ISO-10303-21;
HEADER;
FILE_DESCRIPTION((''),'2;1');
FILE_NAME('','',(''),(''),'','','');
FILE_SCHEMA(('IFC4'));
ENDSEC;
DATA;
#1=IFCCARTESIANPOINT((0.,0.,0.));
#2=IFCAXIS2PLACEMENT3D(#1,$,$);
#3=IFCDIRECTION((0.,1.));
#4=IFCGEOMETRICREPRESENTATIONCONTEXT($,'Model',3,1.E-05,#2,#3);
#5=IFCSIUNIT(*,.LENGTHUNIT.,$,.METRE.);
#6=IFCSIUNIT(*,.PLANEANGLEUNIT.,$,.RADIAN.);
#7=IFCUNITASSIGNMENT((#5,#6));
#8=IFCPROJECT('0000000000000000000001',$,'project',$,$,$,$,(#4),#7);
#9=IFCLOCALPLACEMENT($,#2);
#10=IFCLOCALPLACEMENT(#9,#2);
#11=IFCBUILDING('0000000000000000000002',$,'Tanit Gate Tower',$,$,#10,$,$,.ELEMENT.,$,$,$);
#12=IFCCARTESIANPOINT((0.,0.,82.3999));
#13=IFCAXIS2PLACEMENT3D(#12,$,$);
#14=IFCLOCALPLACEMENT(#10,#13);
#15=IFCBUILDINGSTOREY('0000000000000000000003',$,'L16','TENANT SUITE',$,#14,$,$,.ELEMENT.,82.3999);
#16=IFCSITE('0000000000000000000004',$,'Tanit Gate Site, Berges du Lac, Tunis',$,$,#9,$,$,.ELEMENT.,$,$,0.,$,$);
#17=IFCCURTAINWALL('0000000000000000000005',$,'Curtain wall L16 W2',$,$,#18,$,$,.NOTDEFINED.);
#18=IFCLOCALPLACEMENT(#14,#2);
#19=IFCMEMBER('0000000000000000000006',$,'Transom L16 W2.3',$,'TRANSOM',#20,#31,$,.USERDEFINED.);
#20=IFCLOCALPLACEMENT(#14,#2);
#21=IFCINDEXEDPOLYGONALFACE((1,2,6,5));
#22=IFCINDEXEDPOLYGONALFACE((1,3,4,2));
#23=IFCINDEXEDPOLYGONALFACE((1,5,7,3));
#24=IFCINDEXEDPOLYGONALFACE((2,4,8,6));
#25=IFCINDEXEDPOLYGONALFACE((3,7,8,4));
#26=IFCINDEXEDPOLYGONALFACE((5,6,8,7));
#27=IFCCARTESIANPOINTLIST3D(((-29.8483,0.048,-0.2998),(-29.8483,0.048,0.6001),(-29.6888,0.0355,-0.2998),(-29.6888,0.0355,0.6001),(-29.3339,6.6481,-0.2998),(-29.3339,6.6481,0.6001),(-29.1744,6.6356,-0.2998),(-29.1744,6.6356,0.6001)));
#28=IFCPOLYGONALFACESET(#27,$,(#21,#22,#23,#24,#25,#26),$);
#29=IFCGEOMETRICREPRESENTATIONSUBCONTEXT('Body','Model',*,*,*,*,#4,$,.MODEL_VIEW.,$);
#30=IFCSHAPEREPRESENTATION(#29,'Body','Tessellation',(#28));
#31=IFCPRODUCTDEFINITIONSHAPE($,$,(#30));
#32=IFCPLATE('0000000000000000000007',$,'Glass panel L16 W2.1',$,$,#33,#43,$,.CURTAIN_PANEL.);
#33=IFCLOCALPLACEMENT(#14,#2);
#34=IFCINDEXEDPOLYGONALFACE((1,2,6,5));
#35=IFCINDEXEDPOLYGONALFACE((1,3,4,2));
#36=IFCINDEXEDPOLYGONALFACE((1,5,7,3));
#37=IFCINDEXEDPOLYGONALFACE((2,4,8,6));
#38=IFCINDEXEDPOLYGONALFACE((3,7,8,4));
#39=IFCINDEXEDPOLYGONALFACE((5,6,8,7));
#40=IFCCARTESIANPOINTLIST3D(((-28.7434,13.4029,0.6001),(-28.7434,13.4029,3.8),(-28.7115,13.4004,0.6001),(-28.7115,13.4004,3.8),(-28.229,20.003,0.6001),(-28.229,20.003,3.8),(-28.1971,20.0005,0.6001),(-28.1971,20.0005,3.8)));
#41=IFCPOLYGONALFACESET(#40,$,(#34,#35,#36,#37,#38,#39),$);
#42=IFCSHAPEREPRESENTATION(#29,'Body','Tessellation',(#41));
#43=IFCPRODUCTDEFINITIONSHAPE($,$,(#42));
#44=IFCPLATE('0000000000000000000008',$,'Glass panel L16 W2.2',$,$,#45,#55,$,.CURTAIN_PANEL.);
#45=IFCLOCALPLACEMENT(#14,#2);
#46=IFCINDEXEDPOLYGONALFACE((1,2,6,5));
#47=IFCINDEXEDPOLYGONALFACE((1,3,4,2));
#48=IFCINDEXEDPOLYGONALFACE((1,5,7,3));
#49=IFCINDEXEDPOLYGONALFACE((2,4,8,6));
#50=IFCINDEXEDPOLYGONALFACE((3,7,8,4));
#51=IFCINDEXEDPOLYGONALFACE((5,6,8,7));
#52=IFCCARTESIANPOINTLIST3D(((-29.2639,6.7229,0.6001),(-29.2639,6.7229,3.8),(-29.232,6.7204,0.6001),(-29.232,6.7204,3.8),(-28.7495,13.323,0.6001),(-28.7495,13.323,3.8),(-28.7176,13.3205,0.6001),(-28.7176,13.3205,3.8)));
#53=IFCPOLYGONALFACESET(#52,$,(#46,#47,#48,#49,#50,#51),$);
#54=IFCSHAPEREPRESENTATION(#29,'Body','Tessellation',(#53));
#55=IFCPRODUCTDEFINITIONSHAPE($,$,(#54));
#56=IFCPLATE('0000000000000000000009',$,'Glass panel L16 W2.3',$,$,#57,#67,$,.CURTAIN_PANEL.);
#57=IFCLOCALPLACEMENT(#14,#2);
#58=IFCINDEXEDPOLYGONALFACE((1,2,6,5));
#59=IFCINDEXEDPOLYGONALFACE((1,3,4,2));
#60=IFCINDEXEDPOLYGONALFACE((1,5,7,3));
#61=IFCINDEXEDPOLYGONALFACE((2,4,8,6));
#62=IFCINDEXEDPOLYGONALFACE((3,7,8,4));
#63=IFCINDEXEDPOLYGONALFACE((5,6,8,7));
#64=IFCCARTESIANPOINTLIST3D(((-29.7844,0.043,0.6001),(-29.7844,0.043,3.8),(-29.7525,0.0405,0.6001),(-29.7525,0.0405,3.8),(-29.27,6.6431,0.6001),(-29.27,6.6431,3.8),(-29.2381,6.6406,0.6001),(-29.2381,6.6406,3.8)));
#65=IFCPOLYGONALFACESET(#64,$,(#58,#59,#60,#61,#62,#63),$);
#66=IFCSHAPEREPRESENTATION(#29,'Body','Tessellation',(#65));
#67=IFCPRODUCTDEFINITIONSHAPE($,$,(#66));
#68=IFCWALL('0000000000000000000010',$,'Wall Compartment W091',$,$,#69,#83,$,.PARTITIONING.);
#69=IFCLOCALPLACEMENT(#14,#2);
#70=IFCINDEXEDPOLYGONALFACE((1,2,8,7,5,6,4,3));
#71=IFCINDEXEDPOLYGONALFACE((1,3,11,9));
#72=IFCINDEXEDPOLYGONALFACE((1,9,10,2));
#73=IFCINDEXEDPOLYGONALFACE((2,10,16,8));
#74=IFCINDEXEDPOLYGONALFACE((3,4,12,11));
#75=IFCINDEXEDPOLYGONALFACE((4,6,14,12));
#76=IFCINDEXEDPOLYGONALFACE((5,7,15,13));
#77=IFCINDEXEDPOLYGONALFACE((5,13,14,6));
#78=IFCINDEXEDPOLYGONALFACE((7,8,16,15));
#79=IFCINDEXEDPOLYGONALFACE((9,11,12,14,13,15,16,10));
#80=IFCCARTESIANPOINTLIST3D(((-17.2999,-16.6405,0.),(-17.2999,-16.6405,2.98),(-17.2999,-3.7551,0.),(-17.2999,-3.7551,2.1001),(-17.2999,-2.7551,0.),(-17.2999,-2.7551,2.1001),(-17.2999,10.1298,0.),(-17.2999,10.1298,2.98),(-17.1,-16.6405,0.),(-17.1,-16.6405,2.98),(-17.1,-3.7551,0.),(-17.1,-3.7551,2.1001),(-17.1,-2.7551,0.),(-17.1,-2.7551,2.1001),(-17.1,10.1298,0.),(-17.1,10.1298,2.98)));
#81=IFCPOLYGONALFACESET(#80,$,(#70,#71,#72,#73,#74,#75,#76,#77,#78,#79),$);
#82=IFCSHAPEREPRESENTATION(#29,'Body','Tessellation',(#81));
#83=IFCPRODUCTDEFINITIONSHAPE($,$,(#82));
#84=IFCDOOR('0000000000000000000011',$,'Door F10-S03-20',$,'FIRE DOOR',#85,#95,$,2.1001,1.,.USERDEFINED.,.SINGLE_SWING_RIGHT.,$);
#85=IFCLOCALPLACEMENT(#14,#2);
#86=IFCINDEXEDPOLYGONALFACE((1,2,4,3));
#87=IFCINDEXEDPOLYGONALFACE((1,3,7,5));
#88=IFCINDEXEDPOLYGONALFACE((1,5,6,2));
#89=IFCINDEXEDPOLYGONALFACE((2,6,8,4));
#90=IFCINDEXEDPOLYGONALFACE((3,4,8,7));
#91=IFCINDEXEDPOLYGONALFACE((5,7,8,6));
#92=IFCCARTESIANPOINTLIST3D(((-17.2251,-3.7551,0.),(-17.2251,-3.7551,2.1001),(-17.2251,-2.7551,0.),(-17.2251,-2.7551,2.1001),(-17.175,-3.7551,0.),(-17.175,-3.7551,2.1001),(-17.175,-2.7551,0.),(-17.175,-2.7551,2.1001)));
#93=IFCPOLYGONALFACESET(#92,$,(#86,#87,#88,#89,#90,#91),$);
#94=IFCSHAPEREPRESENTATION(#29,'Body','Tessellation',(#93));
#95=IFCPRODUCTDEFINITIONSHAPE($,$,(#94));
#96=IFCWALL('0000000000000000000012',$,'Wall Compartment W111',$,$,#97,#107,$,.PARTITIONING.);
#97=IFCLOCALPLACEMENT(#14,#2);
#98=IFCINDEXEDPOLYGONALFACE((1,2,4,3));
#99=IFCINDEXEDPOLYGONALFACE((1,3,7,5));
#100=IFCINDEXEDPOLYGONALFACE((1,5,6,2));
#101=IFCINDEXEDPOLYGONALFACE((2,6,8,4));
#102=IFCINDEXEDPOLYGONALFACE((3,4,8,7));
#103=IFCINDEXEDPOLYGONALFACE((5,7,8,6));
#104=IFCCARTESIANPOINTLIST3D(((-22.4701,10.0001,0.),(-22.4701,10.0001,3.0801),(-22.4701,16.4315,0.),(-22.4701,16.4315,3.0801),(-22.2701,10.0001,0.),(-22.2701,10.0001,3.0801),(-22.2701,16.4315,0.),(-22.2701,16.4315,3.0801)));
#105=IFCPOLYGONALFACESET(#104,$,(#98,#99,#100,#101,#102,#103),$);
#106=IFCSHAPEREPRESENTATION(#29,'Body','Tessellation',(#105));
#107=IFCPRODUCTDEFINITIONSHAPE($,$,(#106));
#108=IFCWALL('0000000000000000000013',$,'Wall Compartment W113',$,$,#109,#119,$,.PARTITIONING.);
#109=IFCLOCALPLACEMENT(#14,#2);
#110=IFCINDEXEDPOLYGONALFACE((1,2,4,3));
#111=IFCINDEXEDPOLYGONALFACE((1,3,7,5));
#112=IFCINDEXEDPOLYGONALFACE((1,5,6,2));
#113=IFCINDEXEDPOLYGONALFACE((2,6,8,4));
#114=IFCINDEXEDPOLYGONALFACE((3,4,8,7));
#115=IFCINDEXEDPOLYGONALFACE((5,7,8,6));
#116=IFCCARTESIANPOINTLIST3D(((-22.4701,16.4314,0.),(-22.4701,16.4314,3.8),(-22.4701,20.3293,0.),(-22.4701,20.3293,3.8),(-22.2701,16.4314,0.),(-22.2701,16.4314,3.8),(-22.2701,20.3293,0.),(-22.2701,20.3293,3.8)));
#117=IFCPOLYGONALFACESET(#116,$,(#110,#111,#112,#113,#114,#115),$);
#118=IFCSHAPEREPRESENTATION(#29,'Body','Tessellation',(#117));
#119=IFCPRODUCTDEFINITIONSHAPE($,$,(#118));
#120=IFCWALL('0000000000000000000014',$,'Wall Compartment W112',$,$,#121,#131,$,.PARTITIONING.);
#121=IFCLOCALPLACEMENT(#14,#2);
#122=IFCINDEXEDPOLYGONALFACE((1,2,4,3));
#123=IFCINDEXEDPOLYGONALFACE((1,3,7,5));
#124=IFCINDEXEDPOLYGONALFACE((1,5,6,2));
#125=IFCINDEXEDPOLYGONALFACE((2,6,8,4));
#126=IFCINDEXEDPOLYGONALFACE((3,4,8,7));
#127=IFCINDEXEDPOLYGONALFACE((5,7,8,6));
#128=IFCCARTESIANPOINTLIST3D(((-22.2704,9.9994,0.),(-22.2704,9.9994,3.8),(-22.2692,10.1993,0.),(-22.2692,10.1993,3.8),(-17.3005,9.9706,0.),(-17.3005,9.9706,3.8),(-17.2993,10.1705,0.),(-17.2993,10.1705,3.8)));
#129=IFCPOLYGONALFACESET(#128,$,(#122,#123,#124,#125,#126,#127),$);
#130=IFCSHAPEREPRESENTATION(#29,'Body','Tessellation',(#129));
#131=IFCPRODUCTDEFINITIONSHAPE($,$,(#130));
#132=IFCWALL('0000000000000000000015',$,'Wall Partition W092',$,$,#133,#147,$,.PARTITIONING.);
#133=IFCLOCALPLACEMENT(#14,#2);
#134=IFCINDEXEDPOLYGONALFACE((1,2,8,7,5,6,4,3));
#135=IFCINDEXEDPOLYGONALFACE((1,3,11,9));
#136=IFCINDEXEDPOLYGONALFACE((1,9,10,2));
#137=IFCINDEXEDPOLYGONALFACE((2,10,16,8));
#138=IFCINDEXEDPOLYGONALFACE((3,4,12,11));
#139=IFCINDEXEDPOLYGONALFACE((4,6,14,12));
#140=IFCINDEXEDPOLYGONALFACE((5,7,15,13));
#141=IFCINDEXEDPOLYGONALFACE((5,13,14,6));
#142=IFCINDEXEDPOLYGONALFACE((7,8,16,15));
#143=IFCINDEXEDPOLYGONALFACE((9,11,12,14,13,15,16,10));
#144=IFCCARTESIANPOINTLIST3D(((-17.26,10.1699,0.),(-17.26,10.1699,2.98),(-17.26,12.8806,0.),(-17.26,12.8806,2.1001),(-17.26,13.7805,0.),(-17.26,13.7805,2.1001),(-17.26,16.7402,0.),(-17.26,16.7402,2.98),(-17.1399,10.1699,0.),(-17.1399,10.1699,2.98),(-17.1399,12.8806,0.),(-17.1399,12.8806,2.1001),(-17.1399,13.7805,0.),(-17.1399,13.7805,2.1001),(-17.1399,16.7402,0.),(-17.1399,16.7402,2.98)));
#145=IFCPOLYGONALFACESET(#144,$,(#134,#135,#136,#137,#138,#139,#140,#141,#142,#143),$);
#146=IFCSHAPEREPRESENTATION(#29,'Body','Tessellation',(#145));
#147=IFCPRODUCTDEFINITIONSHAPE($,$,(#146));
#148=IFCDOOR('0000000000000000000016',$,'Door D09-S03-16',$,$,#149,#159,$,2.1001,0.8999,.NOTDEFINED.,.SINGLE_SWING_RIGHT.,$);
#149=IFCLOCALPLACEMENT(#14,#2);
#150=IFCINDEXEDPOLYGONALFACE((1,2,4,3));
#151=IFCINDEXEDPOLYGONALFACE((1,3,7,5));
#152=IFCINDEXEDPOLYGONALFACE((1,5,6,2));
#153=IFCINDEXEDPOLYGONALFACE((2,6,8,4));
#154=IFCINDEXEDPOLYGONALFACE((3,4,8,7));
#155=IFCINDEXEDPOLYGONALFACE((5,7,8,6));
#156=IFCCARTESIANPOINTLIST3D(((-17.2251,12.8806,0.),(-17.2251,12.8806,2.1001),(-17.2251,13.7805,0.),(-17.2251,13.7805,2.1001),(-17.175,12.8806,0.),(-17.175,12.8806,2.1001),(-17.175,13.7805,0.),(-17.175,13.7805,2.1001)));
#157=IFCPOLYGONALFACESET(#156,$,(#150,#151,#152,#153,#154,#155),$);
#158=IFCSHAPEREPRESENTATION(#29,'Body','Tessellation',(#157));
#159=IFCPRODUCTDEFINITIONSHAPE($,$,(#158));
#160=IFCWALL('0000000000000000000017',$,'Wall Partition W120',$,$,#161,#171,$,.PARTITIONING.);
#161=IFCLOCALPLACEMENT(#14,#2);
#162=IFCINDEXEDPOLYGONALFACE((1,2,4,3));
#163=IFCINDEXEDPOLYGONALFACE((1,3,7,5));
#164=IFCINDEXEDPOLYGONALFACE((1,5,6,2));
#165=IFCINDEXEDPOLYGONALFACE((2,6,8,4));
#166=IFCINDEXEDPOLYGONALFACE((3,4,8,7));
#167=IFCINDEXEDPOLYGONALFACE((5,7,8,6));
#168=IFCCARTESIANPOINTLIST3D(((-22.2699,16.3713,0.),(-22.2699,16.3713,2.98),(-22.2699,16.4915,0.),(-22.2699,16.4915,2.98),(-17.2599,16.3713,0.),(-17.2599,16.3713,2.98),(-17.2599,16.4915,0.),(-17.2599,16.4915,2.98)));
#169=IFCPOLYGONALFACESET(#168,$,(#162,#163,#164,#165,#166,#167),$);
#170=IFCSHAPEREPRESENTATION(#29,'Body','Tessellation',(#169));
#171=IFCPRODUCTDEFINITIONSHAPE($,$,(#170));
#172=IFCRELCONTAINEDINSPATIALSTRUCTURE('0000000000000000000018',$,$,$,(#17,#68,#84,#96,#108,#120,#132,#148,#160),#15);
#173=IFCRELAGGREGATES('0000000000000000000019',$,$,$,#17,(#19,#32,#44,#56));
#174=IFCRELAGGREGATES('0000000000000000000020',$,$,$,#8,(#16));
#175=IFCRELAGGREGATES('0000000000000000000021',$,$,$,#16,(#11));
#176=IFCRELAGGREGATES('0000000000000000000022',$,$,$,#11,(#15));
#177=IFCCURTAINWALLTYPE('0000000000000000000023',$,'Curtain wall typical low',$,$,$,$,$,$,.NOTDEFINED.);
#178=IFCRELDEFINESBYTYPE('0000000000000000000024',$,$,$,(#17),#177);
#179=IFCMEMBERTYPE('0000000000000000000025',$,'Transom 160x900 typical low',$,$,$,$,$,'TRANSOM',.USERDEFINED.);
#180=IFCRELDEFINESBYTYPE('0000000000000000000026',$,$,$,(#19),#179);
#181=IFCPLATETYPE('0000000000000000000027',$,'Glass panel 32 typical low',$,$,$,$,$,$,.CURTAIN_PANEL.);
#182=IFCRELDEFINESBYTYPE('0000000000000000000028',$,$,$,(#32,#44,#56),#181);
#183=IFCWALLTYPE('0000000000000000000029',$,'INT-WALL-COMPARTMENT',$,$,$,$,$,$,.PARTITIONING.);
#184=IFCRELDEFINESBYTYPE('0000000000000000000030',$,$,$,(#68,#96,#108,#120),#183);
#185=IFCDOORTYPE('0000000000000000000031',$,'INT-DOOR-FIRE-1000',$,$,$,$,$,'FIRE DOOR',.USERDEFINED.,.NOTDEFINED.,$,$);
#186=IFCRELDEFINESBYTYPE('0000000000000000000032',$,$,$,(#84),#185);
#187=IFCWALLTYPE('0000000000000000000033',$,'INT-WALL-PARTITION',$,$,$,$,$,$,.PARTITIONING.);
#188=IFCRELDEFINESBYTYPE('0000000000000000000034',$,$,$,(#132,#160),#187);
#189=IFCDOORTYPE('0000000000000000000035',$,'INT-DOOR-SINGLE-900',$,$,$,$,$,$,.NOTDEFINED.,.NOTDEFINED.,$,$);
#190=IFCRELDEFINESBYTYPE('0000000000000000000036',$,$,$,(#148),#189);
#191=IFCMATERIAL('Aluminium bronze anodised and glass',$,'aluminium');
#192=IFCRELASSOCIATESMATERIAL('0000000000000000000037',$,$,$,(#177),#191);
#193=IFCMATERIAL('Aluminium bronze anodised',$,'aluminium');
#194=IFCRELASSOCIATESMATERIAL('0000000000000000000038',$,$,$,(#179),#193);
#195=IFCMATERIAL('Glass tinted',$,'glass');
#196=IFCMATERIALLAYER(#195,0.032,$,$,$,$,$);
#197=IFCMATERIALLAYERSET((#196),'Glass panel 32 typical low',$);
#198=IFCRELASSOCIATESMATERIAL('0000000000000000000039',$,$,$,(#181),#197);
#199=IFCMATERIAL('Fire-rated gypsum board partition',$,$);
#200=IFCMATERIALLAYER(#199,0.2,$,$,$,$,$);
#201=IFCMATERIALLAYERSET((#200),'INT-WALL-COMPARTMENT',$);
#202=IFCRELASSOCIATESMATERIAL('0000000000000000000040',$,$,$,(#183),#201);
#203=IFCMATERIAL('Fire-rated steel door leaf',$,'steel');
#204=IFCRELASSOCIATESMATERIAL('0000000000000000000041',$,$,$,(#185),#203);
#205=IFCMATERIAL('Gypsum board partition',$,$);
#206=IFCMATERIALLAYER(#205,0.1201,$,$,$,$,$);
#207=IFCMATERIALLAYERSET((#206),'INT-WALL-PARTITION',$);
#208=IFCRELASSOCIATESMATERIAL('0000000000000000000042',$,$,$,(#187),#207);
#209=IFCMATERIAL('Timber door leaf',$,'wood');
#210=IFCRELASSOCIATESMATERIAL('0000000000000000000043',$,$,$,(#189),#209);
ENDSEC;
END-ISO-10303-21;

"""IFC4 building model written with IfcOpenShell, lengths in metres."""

from ifc_helpers import new_model, si_unit, direction, frame, frame_2d, origin, origin_2d, place, context, subcontext, project, spatial, rectangle, extrude, material, layer, layer_set, material_profile, profile_set, type_object, element, fill, aggregate, save


model = new_model("IFC4")

# Units and contexts
model_context = context("Model", 3, precision=1e-05, world=origin(), true_north=direction((0.0, 1.0)))
body_context = subcontext(model_context, "Body", "Model", "MODEL_VIEW")
ifc_project = project(units=[si_unit("LENGTHUNIT", "METRE"), si_unit("PLANEANGLEUNIT", "RADIAN")], contexts=[model_context])

# Site, building, storey
site_placement = place(None, origin())
site = spatial("IfcSite", under=ifc_project, at=site_placement, Name="Tanit Gate Site, Berges du Lac, Tunis", CompositionType="ELEMENT", RefElevation=0.0)
building_placement = place(site_placement, origin())
building = spatial("IfcBuilding", under=site, at=building_placement, Name="Tanit Gate Tower", CompositionType="ELEMENT")
storey_placement = place(building_placement, frame((0.0, 0.0, 82.3999)))
storey = spatial("IfcBuildingStorey", under=building, at=storey_placement, Name="L16", Description="TENANT SUITE", CompositionType="ELEMENT", Elevation=82.3999)

# Curtain wall
ifc_material_1 = material(Name="Aluminium bronze anodised and glass", Category="aluminium")
curtain_wall_type = type_object("IfcCurtainWallType", Name="Curtain wall typical low", PredefinedType="NOTDEFINED", material=ifc_material_1)
curtain_wall_placement = place(storey_placement, origin())
curtain_wall = element("IfcCurtainWall", 1, at=curtain_wall_placement, inside=storey, type_object=curtain_wall_type, Name="Curtain wall L16 W2", PredefinedType="NOTDEFINED")

# Member
ifc_material_2 = material(Name="Aluminium bronze anodised", Category="aluminium")
ifc_material_profile_1 = material_profile(ifc_material_2, rectangle(XDim=0.1599, YDim=0.8999, at=origin_2d()), Name="160x900 bronze transom")
ifc_profile_set_1 = profile_set([ifc_material_profile_1], Name="Aluminium bronze anodised")
member_type_1 = type_object("IfcMemberType", Name="Transom 160x900 typical low", ElementType="TRANSOM", PredefinedType="USERDEFINED", material=ifc_profile_set_1)
member_1_placement = place(storey_placement, frame((-29.2542, 6.6418, 0.1501), z_axis=(-0.077703, -0.996977, 0.0), x_axis=(0.996977, -0.077703, 0.0)))
member_1 = element("IfcMember", 2, at=member_1_placement, type_object=member_type_1, Name="Transom L16 W2.3", ObjectType="TRANSOM", PredefinedType="USERDEFINED", context=body_context, shape_type="SweptSolid", body=[
    extrude(rectangle(XDim=0.1599, YDim=0.8999, at=origin_2d()), origin(), (0.0, 0.0, 1.0), 6.6201),
])

# Plates
ifc_material_3 = material(Name="Glass tinted", Category="glass")
ifc_layer_1 = layer(ifc_material_3, 0.032)
ifc_layer_set_1 = layer_set([ifc_layer_1], Name="Glass panel 32 typical low")
plate_type = type_object("IfcPlateType", Name="Glass panel 32 typical low", PredefinedType="CURTAIN_PANEL", material=ifc_layer_set_1)
plate_1_placement = place(storey_placement, frame((-28.4702, 16.7017, 0.6001), z_axis=(0.0, 0.0, 1.0), x_axis=(-0.077701, -0.996977, 0.0)))
plate_1 = element("IfcPlate", 3, at=plate_1_placement, type_object=plate_type, Name="Glass panel L16 W2.1", PredefinedType="CURTAIN_PANEL", context=body_context, shape_type="SweptSolid", body=[
    extrude(rectangle(XDim=6.6201, YDim=0.032, at=origin_2d()), origin(), (0.0, 0.0, 1.0), 3.2),
])
plate_2_placement = place(storey_placement, frame((-28.9907, 10.0217, 0.6001), z_axis=(0.0, 0.0, 1.0), x_axis=(-0.077701, -0.996977, 0.0)))
plate_2 = element("IfcPlate", 4, at=plate_2_placement, type_object=plate_type, Name="Glass panel L16 W2.2", PredefinedType="CURTAIN_PANEL", context=body_context, shape_type="SweptSolid", body=[
    extrude(rectangle(XDim=6.6201, YDim=0.032, at=origin_2d()), origin(), (0.0, 0.0, 1.0), 3.2),
])
plate_3_placement = place(storey_placement, frame((-29.5112, 3.3418, 0.6001), z_axis=(0.0, 0.0, 1.0), x_axis=(-0.077701, -0.996977, 0.0)))
plate_3 = element("IfcPlate", 5, at=plate_3_placement, type_object=plate_type, Name="Glass panel L16 W2.3", PredefinedType="CURTAIN_PANEL", context=body_context, shape_type="SweptSolid", body=[
    extrude(rectangle(XDim=6.6201, YDim=0.032, at=origin_2d()), origin(), (0.0, 0.0, 1.0), 3.2),
])
aggregate(curtain_wall, [member_1, plate_1, plate_2, plate_3])

# Wall, opening, door
ifc_material_4 = material(Name="Fire-rated gypsum board partition")
ifc_layer_2 = layer(ifc_material_4, 0.2)
ifc_layer_set_2 = layer_set([ifc_layer_2], Name="INT-WALL-COMPARTMENT")
wall_type_1 = type_object("IfcWallType", Name="INT-WALL-COMPARTMENT", PredefinedType="PARTITIONING", material=ifc_layer_set_2)
wall_1_placement = place(storey_placement, frame((-17.2, 10.1299, 0.0), z_axis=(0.0, 0.0, 1.0), x_axis=(0.0, -1.0, 0.0)))
wall_1 = element("IfcWall", 6, at=wall_1_placement, inside=storey, type_object=wall_type_1, Name="Wall Compartment W091", PredefinedType="PARTITIONING", context=body_context, shape_type="SweptSolid", body=[
    extrude(rectangle(XDim=26.7703, YDim=0.2, at=frame_2d((13.3853, 0.0))), origin(), (0.0, 0.0, 1.0), 2.98),
])
opening_1_placement = place(wall_1_placement, frame((12.885, 0.0, 0.0)))
opening_1 = element("IfcOpeningElement", 7, at=opening_1_placement, cuts=wall_1, PredefinedType="OPENING", context=body_context, shape_type="SweptSolid", body=[
    extrude(rectangle(XDim=1.0, YDim=2.1001, at=frame_2d((0.5, 1.05))), frame((0.0, 0.1099, 0.0), z_axis=(0.0, -1.0, 0.0), x_axis=(1.0, 0.0, 0.0)), (0.0, 0.0, 1.0), 0.22),
])
ifc_material_5 = material(Name="Fire-rated steel door leaf", Category="steel")
door_type_1 = type_object("IfcDoorType", Name="INT-DOOR-FIRE-1000", ElementType="FIRE DOOR", OperationType="NOTDEFINED", PredefinedType="USERDEFINED", material=ifc_material_5)
door_1_placement = place(opening_1_placement, origin())
door_1 = element("IfcDoor", 8, at=door_1_placement, inside=storey, type_object=door_type_1, Name="Door F10-S03-20", ObjectType="FIRE DOOR", OperationType="SINGLE_SWING_RIGHT", OverallHeight=2.1001, OverallWidth=1.0, PredefinedType="USERDEFINED", context=body_context, shape_type="SweptSolid", body=[
    extrude(rectangle(XDim=1.0, YDim=2.1001, at=frame_2d((0.5, 1.05))), frame((0.0, 0.0249, 0.0), z_axis=(0.0, -1.0, 0.0), x_axis=(1.0, 0.0, 0.0)), (0.0, 0.0, 1.0), 0.05),
])
fill(opening_1, door_1)

# Walls
wall_2_placement = place(storey_placement, frame((-22.3701, 10.0, 0.0), z_axis=(0.0, 0.0, 1.0), x_axis=(0.0, 1.0, 0.0)))
element("IfcWall", 9, at=wall_2_placement, inside=storey, type_object=wall_type_1, Name="Wall Compartment W111", PredefinedType="PARTITIONING", context=body_context, shape_type="SweptSolid", body=[
    extrude(rectangle(XDim=6.4314, YDim=0.2, at=frame_2d((3.2158, 0.0))), origin(), (0.0, 0.0, 1.0), 3.0801),
])
wall_3_placement = place(storey_placement, frame((-22.3701, 16.4314, 0.0), z_axis=(0.0, 0.0, 1.0), x_axis=(0.0, 1.0, 0.0)))
element("IfcWall", 10, at=wall_3_placement, inside=storey, type_object=wall_type_1, Name="Wall Compartment W113", PredefinedType="PARTITIONING", context=body_context, shape_type="SweptSolid", body=[
    extrude(rectangle(XDim=3.8979, YDim=0.2, at=frame_2d((1.949, 0.0))), origin(), (0.0, 0.0, 1.0), 3.8),
])
wall_4_placement = place(storey_placement, frame((-17.3, 10.0706, 0.0), z_axis=(0.0, 0.0, 1.0), x_axis=(-0.999983, 0.005796, 0.0)))
element("IfcWall", 11, at=wall_4_placement, inside=storey, type_object=wall_type_1, Name="Wall Compartment W112", PredefinedType="PARTITIONING", context=body_context, shape_type="SweptSolid", body=[
    extrude(rectangle(XDim=4.97, YDim=0.2, at=frame_2d((2.4849, 0.0))), origin(), (0.0, 0.0, 1.0), 3.8),
])

# Wall, opening, door
ifc_material_6 = material(Name="Gypsum board partition")
ifc_layer_3 = layer(ifc_material_6, 0.1201)
ifc_layer_set_3 = layer_set([ifc_layer_3], Name="INT-WALL-PARTITION")
wall_type_2 = type_object("IfcWallType", Name="INT-WALL-PARTITION", PredefinedType="PARTITIONING", material=ifc_layer_set_3)
wall_5_placement = place(storey_placement, frame((-17.2, 16.7402, 0.0), z_axis=(0.0, 0.0, 1.0), x_axis=(0.0, -1.0, 0.0)))
wall_5 = element("IfcWall", 12, at=wall_5_placement, inside=storey, type_object=wall_type_2, Name="Wall Partition W092", PredefinedType="PARTITIONING", context=body_context, shape_type="SweptSolid", body=[
    extrude(rectangle(XDim=6.5703, YDim=0.1201, at=frame_2d((3.2852, 0.0))), origin(), (0.0, 0.0, 1.0), 2.98),
])
opening_2_placement = place(wall_5_placement, frame((2.9597, 0.0, 0.0)))
opening_2 = element("IfcOpeningElement", 13, at=opening_2_placement, cuts=wall_5, PredefinedType="OPENING", context=body_context, shape_type="SweptSolid", body=[
    extrude(rectangle(XDim=0.8999, YDim=2.1001, at=frame_2d((0.45, 1.05))), frame((0.0, 0.0701, 0.0), z_axis=(0.0, -1.0, 0.0), x_axis=(1.0, 0.0, 0.0)), (0.0, 0.0, 1.0), 0.1401),
])
ifc_material_7 = material(Name="Timber door leaf", Category="wood")
door_type_2 = type_object("IfcDoorType", Name="INT-DOOR-SINGLE-900", OperationType="NOTDEFINED", PredefinedType="NOTDEFINED", material=ifc_material_7)
door_2_placement = place(opening_2_placement, origin())
door_2 = element("IfcDoor", 14, at=door_2_placement, inside=storey, type_object=door_type_2, Name="Door D09-S03-16", OperationType="SINGLE_SWING_RIGHT", OverallHeight=2.1001, OverallWidth=0.8999, PredefinedType="NOTDEFINED", context=body_context, shape_type="SweptSolid", body=[
    extrude(rectangle(XDim=0.8999, YDim=2.1001, at=frame_2d((0.45, 1.05))), frame((0.0, 0.0249, 0.0), z_axis=(0.0, -1.0, 0.0), x_axis=(1.0, 0.0, 0.0)), (0.0, 0.0, 1.0), 0.05),
])
fill(opening_2, door_2)

# Wall
wall_6_placement = place(storey_placement, frame((-17.26, 16.4314, 0.0), z_axis=(0.0, 0.0, 1.0), x_axis=(-1.0, 0.0, 0.0)))
element("IfcWall", 15, at=wall_6_placement, inside=storey, type_object=wall_type_2, Name="Wall Partition W120", PredefinedType="PARTITIONING", context=body_context, shape_type="SweptSolid", body=[
    extrude(rectangle(XDim=5.01, YDim=0.1201, at=frame_2d((2.5049, 0.0))), origin(), (0.0, 0.0, 1.0), 2.98),
])

save(model, "model.ifc")
